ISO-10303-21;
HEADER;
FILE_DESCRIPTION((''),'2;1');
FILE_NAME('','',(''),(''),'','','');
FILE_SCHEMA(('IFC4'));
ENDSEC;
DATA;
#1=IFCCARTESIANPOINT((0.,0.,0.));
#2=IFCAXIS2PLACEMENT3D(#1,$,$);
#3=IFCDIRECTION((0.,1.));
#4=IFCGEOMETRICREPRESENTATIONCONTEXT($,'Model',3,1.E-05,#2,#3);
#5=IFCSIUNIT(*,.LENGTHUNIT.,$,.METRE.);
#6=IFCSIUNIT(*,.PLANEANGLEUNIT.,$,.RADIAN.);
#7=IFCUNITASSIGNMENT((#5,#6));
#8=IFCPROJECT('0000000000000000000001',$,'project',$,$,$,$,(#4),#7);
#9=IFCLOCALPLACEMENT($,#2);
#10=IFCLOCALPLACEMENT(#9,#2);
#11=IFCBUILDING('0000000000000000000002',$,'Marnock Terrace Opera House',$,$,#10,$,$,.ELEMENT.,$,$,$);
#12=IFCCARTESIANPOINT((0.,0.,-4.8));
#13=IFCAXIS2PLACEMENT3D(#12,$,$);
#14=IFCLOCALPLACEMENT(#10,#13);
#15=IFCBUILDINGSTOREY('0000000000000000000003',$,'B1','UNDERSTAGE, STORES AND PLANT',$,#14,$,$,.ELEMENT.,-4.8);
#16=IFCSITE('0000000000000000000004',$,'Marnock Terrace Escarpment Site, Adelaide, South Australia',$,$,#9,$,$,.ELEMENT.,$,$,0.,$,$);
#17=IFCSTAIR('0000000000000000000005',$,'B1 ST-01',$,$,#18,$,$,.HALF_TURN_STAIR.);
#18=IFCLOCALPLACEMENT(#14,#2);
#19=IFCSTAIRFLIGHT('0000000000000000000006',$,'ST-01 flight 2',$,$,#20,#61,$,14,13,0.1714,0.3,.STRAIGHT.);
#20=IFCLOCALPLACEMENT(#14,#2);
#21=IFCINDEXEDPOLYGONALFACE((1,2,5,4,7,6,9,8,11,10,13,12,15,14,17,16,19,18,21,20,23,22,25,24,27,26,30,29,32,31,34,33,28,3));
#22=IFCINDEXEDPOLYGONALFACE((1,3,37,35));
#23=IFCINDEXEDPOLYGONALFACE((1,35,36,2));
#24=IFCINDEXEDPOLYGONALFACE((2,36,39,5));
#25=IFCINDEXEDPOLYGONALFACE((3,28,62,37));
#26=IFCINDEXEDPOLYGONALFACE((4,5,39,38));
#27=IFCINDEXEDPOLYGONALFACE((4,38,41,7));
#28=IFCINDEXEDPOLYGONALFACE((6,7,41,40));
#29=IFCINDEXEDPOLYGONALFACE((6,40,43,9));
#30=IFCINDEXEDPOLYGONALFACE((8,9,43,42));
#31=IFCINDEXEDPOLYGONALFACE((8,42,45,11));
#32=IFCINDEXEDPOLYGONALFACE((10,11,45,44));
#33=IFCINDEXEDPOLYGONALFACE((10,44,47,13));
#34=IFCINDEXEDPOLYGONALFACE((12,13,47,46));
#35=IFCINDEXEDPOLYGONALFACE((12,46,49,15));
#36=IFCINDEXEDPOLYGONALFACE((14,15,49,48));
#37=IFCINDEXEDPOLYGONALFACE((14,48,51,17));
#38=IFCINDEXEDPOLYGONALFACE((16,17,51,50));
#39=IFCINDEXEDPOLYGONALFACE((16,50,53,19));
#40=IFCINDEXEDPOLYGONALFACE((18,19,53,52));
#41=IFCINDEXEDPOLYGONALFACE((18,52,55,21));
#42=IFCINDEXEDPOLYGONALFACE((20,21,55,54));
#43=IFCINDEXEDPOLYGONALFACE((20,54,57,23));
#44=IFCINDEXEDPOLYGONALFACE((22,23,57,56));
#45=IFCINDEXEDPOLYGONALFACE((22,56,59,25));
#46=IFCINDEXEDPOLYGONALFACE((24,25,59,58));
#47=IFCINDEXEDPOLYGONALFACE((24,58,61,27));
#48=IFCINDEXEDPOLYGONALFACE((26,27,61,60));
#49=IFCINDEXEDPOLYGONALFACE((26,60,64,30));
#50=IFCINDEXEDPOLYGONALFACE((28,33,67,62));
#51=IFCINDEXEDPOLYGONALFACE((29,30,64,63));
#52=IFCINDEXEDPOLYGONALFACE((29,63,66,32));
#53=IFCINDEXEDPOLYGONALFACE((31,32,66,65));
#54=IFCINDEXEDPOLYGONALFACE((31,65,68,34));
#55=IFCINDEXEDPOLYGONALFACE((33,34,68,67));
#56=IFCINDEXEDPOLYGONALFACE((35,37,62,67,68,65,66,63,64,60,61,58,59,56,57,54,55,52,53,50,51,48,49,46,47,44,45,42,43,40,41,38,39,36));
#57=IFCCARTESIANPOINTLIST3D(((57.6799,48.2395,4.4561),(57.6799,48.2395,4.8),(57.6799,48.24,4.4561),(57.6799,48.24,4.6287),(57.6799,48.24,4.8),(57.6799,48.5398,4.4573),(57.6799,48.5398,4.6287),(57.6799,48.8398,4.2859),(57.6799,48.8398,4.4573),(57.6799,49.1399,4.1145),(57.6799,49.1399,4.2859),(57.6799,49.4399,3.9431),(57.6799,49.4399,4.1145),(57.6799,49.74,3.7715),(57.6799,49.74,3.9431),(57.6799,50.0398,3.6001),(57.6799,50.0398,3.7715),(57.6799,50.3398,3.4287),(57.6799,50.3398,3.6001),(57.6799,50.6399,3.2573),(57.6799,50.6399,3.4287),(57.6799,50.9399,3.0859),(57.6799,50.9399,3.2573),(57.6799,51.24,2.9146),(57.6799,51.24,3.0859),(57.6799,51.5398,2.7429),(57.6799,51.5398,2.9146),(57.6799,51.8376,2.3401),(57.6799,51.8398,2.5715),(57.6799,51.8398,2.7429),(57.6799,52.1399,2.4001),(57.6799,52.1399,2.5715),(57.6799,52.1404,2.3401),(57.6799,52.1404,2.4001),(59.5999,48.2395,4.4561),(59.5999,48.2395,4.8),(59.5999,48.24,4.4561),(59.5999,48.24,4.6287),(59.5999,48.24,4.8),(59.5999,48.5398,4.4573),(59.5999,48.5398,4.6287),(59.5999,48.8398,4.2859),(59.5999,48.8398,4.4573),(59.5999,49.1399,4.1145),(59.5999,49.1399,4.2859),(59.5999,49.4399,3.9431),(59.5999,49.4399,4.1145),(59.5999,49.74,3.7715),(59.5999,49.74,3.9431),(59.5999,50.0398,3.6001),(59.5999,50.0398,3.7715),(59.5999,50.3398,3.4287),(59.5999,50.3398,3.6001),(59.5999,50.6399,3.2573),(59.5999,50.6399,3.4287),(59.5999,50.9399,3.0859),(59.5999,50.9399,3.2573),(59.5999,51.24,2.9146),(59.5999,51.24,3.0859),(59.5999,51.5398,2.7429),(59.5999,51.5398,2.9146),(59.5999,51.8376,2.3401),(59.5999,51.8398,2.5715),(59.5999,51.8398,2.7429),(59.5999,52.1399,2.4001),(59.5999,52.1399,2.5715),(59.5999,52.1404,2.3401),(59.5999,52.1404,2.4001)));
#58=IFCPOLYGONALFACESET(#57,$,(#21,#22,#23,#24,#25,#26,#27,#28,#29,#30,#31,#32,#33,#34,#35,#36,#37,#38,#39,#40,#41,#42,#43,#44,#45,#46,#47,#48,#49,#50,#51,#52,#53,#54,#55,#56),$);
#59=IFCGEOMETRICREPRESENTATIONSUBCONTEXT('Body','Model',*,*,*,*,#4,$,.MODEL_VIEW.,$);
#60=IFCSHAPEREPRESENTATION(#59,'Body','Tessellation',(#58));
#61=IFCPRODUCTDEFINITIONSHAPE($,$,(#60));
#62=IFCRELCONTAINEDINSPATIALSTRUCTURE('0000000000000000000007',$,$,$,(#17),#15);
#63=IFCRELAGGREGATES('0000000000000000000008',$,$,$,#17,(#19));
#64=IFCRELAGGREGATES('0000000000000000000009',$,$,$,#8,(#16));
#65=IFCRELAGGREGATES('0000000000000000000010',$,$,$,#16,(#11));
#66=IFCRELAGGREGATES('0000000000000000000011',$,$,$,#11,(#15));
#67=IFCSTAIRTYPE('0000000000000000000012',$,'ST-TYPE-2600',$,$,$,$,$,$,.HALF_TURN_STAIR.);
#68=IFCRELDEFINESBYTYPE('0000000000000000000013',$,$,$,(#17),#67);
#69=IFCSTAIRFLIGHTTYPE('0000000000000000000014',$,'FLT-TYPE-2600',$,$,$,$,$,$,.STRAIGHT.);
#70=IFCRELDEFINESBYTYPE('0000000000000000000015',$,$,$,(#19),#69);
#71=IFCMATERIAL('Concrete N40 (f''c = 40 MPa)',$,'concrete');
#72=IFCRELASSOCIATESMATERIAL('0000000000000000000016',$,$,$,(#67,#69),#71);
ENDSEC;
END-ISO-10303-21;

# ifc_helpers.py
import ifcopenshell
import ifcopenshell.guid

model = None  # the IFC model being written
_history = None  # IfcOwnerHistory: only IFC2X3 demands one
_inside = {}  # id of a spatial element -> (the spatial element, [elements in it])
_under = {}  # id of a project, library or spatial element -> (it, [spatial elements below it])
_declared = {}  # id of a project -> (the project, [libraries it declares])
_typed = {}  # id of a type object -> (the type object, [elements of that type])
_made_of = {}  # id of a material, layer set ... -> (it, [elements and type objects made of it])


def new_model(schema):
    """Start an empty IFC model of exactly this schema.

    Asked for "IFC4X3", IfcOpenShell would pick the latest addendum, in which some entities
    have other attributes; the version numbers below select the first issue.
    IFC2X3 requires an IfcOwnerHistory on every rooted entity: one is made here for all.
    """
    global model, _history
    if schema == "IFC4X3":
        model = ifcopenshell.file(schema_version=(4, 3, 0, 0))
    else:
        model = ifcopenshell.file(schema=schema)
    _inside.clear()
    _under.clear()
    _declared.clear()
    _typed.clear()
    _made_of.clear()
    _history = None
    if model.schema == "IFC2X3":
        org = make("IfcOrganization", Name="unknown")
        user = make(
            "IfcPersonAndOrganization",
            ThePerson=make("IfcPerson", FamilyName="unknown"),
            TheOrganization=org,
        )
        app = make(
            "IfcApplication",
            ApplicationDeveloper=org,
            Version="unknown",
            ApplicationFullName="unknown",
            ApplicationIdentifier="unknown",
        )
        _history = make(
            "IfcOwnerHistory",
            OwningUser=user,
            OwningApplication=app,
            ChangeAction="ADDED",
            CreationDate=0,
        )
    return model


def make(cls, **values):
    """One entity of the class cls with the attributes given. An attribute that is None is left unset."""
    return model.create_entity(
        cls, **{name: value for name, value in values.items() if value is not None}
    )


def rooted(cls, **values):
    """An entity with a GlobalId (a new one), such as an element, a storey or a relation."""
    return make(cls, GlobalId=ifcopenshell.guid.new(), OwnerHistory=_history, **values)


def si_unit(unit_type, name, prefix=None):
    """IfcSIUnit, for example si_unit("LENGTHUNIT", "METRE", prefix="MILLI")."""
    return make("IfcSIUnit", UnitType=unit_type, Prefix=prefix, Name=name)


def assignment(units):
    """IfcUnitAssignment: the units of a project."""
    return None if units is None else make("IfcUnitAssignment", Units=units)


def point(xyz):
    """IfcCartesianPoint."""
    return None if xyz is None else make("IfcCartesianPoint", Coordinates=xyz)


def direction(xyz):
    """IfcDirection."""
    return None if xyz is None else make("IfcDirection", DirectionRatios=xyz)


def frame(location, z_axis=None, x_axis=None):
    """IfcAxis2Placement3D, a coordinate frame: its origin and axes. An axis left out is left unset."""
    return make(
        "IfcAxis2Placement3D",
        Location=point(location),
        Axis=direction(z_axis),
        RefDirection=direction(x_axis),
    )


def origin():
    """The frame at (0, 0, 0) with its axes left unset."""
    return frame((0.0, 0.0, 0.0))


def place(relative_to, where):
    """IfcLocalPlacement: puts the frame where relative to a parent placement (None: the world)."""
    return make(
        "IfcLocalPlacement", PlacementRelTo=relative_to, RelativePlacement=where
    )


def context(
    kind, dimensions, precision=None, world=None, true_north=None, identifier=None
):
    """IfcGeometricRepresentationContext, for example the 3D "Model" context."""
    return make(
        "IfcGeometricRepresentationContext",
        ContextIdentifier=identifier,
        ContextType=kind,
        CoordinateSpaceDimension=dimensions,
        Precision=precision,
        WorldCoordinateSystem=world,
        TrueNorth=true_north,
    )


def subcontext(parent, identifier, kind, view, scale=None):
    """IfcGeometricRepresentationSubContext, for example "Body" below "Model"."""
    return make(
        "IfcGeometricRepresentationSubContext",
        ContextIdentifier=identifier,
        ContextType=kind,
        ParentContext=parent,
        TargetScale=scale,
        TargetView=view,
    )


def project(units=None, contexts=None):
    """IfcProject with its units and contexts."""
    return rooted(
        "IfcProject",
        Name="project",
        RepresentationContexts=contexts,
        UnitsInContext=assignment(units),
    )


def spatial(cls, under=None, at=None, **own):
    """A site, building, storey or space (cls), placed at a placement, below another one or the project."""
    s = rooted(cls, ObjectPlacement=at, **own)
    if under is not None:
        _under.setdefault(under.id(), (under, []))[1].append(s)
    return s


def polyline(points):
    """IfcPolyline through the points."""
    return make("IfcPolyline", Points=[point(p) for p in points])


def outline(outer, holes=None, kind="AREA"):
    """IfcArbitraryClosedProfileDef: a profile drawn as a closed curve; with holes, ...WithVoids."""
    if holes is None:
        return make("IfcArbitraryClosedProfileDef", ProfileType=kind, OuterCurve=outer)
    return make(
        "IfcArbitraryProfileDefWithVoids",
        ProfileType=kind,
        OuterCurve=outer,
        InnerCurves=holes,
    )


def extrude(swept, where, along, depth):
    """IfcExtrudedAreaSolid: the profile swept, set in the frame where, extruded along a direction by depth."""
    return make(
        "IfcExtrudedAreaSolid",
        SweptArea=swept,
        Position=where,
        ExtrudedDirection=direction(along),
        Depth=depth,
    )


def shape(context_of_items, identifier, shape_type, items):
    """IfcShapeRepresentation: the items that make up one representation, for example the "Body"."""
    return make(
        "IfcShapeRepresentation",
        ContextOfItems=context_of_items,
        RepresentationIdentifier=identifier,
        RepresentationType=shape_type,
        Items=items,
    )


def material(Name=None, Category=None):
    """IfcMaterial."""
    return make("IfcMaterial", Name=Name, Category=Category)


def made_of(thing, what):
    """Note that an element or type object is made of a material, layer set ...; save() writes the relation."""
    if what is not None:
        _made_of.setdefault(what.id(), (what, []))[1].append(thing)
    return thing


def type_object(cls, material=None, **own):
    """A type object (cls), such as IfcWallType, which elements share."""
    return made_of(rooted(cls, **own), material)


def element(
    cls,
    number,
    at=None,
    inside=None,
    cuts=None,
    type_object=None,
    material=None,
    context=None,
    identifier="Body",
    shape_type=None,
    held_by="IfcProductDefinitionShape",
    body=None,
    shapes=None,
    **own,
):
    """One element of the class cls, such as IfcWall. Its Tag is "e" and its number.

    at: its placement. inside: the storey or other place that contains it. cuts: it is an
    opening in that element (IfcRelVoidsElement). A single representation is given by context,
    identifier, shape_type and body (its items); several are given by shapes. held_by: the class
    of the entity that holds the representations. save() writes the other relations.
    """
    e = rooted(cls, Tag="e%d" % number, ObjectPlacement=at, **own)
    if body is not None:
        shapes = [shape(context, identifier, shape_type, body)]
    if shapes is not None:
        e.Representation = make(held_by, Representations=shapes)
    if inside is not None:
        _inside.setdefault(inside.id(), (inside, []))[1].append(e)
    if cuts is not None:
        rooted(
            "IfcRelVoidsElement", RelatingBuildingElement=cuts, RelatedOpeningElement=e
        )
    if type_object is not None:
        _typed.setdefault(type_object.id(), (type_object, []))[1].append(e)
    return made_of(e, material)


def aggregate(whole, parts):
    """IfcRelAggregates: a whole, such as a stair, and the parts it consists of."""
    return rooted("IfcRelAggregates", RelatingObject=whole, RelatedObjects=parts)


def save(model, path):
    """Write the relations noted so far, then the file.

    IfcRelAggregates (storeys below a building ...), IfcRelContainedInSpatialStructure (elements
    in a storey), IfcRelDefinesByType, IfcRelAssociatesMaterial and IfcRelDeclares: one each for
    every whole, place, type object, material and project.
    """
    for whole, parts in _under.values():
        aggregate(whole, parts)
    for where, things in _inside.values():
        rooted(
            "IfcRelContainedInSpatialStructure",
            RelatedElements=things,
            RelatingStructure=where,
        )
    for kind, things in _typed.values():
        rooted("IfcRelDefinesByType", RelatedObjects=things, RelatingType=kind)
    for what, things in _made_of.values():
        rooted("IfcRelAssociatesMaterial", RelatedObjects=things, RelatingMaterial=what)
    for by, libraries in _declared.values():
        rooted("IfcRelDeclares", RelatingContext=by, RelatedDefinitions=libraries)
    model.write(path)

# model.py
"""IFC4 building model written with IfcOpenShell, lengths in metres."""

from ifc_helpers import new_model, si_unit, direction, frame, origin, place, context, subcontext, project, spatial, polyline, outline, extrude, material, type_object, element, aggregate, save


model = new_model("IFC4")

# Units and contexts
model_context = context("Model", 3, precision=1e-05, world=origin(), true_north=direction((0.0, 1.0)))
body_context = subcontext(model_context, "Body", "Model", "MODEL_VIEW")
ifc_project = project(units=[si_unit("LENGTHUNIT", "METRE"), si_unit("PLANEANGLEUNIT", "RADIAN")], contexts=[model_context])

# Site, building, storey
site_placement = place(None, origin())
site = spatial("IfcSite", under=ifc_project, at=site_placement, Name="Marnock Terrace Escarpment Site, Adelaide, South Australia", CompositionType="ELEMENT", RefElevation=0.0)
building_placement = place(site_placement, origin())
building = spatial("IfcBuilding", under=site, at=building_placement, Name="Marnock Terrace Opera House", CompositionType="ELEMENT")
storey_placement = place(building_placement, frame((0.0, 0.0, -4.8)))
storey = spatial("IfcBuildingStorey", under=building, at=storey_placement, Name="B1", Description="UNDERSTAGE, STORES AND PLANT", CompositionType="ELEMENT", Elevation=-4.8)

# Shared definitions
ifc_material_1 = material(Name="Concrete N40 (f'c = 40 MPa)", Category="concrete")

# Stair, stair flight
stair_type = type_object("IfcStairType", Name="ST-TYPE-2600", PredefinedType="HALF_TURN_STAIR", material=ifc_material_1)
stair_placement = place(storey_placement, origin())
stair = element("IfcStair", 1, at=stair_placement, inside=storey, type_object=stair_type, Name="B1 ST-01", PredefinedType="HALF_TURN_STAIR")
stair_flight_type = type_object("IfcStairFlightType", Name="FLT-TYPE-2600", PredefinedType="STRAIGHT", material=ifc_material_1)
stair_flight_1_placement = place(storey_placement, frame((58.6399, 52.1399, 2.4001), z_axis=(0.0, 0.0, 1.0), x_axis=(0.0, -1.0, 0.0)))
stair_flight_1 = element("IfcStairFlight", 2, at=stair_flight_1_placement, type_object=stair_flight_type, Name="ST-01 flight 2", NumberOfRisers=14, NumberOfTreads=13, PredefinedType="STRAIGHT", RiserHeight=0.1714, TreadLength=0.3, context=body_context, shape_type="SweptSolid", body=[
    extrude(outline(polyline([(-0.0005, -0.0601), (-0.0005, 0.0), (0.0, 0.0), (0.0, 0.1714), (0.3, 0.1714), (0.3, 0.3428), (0.6001, 0.3428), (0.6001, 0.5144), (0.8999, 0.5144), (0.8999, 0.6858), (1.2, 0.6858), (1.2, 0.8572), (1.5, 0.8572), (1.5, 1.0286), (1.8, 1.0286), (1.8, 1.2), (2.1001, 1.2), (2.1001, 1.3713), (2.3999, 1.3713), (2.3999, 1.543), (2.7, 1.543), (2.7, 1.7144), (3.0, 1.7144), (3.0, 1.8857), (3.3, 1.8857), (3.3, 2.0571), (3.6001, 2.0571), (3.6001, 2.2285), (3.8999, 2.2285), (3.8999, 2.3999), (3.9004, 2.3999), (3.9004, 2.0559), (3.8999, 2.0559), (0.3022, -0.0601), (-0.0005, -0.0601)])), frame((0.0, 0.96, 0.0), z_axis=(0.0, -1.0, 0.0), x_axis=(1.0, 0.0, 0.0)), (0.0, 0.0, 1.0), 1.9199),
])
aggregate(stair, [stair_flight_1])

save(model, "model.ifc")
